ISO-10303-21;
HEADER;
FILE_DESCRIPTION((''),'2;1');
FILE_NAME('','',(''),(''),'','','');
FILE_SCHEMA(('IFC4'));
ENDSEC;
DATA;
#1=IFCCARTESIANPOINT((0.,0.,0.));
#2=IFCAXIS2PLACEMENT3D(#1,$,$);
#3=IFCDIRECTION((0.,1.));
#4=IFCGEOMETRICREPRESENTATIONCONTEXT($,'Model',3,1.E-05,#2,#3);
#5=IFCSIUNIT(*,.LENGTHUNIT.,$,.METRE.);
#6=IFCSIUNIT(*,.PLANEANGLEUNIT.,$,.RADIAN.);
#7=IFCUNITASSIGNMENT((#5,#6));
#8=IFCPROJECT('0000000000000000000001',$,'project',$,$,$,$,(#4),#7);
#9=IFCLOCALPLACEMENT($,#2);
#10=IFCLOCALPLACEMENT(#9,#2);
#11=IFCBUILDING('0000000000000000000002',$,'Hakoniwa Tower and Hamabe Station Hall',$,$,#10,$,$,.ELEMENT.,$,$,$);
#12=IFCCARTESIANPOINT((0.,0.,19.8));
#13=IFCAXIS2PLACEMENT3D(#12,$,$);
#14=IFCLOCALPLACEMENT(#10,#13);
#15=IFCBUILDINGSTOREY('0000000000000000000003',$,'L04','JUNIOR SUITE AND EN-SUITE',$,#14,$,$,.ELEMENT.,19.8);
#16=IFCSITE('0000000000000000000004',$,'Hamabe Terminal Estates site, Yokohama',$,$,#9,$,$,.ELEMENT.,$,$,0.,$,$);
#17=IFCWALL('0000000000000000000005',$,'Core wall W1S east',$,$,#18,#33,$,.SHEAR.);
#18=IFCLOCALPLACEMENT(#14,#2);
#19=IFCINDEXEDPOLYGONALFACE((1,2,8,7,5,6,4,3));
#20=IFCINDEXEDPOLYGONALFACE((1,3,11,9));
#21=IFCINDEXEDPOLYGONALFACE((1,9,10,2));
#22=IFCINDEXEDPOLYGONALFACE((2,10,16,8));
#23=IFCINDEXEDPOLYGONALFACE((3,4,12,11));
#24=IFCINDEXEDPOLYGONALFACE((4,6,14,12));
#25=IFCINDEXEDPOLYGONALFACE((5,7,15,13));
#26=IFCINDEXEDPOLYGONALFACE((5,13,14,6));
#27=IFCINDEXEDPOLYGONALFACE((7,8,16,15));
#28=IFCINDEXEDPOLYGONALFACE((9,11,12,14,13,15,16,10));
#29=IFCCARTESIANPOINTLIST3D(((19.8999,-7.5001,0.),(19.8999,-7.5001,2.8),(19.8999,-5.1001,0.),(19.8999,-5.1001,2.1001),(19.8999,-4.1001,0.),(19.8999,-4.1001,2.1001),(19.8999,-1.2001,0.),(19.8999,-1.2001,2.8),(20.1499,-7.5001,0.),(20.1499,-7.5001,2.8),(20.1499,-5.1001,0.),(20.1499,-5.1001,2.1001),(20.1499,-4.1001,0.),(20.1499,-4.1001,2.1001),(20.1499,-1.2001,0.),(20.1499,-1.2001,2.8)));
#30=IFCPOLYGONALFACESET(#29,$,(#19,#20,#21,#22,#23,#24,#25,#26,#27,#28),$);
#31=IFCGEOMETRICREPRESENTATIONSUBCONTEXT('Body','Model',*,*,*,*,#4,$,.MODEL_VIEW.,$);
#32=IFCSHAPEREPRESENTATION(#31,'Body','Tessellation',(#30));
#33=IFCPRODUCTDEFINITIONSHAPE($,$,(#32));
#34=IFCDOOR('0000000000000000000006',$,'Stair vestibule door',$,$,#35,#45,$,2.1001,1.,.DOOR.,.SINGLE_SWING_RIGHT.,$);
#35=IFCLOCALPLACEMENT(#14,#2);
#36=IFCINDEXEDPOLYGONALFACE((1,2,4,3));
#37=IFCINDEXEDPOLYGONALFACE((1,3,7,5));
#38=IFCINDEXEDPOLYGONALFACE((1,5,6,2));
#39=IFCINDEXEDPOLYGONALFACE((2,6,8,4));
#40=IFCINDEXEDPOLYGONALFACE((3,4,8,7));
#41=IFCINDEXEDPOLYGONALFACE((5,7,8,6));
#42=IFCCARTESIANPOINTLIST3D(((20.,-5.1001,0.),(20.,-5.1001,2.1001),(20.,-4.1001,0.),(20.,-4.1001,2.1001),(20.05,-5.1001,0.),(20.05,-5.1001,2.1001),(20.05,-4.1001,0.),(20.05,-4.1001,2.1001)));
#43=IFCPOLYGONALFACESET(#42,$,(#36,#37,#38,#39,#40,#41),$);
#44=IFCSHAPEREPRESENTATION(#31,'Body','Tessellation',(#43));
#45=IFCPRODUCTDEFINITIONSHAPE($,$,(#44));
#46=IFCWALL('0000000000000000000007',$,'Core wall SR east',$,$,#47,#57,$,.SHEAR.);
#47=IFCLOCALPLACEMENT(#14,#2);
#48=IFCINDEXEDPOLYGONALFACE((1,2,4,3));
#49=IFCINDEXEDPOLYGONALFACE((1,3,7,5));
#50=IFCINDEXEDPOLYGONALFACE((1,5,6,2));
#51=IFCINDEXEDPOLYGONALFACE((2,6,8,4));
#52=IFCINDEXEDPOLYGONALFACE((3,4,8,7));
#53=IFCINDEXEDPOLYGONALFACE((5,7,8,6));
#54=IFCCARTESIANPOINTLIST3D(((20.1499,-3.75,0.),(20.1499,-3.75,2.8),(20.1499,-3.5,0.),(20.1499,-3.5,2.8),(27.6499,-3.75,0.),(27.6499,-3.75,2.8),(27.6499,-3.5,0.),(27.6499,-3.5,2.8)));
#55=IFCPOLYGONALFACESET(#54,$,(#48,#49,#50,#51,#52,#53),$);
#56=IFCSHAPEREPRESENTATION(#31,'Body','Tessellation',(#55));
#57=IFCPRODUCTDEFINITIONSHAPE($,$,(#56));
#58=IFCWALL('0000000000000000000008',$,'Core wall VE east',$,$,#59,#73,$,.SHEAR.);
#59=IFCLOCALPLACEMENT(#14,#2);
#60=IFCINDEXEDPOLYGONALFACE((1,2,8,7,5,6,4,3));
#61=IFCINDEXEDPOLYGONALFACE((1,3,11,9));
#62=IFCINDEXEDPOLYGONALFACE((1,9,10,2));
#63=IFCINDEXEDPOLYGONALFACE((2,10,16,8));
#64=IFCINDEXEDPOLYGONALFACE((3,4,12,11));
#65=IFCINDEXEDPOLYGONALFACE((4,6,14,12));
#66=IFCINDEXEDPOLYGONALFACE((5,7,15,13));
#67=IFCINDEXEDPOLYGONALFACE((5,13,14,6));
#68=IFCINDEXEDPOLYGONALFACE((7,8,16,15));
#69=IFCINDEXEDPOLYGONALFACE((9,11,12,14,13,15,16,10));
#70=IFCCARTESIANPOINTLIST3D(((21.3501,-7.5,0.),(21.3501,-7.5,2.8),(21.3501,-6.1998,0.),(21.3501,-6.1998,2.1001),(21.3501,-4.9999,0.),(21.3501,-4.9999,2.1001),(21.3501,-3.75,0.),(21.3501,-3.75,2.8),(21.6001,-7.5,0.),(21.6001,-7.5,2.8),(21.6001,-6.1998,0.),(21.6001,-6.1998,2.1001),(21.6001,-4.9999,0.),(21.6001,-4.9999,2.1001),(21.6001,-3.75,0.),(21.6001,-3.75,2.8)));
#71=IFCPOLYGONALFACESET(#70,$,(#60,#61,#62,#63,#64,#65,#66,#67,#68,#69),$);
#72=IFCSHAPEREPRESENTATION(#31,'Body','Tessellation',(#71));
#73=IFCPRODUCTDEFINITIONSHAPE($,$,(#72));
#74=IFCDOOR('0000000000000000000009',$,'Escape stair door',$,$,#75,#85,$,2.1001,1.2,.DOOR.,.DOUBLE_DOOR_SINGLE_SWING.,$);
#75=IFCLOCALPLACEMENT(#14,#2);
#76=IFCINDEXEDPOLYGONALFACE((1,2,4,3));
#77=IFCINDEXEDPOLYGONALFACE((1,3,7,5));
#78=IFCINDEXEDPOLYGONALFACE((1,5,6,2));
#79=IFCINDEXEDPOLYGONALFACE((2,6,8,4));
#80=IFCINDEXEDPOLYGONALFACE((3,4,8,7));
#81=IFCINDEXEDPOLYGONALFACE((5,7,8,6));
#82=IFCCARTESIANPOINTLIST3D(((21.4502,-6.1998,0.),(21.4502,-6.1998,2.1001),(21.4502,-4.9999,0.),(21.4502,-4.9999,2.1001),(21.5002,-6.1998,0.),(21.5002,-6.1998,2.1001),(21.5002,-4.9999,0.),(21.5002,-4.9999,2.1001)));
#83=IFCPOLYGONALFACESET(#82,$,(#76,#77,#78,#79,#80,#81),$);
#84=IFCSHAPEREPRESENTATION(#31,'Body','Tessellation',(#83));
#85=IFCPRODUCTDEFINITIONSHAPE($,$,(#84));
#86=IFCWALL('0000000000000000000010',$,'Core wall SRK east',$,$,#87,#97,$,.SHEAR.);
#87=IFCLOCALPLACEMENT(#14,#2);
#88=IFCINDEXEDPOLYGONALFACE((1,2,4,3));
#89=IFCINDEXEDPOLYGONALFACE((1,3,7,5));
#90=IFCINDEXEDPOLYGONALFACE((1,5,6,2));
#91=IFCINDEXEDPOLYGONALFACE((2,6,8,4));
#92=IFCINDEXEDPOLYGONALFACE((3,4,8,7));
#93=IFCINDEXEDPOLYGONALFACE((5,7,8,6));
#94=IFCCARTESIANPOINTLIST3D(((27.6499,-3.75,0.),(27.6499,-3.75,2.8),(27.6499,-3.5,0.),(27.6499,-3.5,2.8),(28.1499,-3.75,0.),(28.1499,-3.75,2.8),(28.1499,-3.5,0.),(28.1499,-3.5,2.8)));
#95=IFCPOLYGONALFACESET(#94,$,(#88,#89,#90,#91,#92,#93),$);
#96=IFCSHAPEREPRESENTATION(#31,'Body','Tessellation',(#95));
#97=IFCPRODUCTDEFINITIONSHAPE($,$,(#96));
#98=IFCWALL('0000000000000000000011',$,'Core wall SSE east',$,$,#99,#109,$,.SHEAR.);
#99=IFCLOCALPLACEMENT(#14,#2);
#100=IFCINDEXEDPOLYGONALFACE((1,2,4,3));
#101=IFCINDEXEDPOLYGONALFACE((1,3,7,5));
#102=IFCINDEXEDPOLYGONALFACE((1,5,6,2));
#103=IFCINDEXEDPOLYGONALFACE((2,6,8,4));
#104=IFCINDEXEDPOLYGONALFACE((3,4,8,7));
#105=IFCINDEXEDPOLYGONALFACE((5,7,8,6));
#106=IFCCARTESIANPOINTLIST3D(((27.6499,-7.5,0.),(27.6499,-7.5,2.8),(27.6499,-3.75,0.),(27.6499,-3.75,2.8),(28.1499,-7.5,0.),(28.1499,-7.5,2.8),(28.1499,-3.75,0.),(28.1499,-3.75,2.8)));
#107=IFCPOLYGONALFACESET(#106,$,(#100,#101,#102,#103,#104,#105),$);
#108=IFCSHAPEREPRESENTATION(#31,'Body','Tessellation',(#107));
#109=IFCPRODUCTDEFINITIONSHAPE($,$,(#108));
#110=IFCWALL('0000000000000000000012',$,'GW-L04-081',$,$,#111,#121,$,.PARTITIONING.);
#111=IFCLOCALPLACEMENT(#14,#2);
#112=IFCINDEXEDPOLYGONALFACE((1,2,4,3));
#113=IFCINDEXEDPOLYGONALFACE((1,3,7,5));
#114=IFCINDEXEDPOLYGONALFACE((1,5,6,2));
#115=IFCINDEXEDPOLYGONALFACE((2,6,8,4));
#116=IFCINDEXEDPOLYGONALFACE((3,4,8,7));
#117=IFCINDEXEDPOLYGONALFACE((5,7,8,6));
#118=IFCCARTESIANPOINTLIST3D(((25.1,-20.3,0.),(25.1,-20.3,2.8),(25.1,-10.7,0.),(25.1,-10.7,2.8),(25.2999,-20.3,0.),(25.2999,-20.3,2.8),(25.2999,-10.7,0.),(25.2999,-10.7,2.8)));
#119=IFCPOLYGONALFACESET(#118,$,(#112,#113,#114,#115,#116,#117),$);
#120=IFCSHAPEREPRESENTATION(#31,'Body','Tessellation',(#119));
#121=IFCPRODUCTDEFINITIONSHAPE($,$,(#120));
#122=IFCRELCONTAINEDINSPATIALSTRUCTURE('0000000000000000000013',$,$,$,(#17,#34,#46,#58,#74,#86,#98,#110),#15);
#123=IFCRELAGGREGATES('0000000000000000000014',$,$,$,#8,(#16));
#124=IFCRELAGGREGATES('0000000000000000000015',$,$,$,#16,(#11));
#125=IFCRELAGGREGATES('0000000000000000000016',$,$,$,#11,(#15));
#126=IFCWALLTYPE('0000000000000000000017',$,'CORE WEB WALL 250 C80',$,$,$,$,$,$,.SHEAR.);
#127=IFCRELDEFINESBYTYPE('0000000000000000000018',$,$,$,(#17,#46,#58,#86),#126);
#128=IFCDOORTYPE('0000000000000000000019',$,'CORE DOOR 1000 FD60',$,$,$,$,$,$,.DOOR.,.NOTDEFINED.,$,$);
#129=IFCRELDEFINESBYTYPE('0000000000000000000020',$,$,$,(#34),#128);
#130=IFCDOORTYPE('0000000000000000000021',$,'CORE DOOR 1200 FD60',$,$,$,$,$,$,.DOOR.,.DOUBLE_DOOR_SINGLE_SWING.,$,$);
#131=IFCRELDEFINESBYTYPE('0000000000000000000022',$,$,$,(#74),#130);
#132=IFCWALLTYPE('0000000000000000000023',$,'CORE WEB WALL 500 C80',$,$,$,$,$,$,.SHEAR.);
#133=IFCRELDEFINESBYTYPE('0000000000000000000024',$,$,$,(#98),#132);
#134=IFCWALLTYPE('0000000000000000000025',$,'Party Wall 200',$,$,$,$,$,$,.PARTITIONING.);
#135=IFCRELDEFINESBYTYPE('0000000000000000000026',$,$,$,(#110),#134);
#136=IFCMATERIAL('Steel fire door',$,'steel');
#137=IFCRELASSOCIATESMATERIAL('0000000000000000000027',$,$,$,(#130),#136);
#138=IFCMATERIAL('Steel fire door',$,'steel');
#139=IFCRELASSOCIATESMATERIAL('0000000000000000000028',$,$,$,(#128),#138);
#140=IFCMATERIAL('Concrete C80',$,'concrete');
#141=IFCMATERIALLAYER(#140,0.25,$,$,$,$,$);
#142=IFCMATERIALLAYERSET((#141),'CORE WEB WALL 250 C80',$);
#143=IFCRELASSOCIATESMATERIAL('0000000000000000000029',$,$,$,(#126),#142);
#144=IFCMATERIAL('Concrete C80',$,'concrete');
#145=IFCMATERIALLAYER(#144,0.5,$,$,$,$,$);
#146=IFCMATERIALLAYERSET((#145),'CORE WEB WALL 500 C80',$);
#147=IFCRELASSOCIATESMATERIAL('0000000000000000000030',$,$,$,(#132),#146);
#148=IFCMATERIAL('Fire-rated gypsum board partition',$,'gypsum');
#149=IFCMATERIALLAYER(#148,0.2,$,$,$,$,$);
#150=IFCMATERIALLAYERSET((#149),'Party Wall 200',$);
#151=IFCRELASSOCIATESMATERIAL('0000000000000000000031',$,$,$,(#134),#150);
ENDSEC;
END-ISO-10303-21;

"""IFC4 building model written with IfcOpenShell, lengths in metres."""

from ifc_helpers import new_model, si_unit, direction, frame, frame_2d, origin, place, context, subcontext, project, spatial, rectangle, extrude, material, layer, layer_set, type_object, element, fill, save


model = new_model("IFC4")

# Units and contexts
model_context = context("Model", 3, precision=1e-05, world=origin(), true_north=direction((0.0, 1.0)))
body_context = subcontext(model_context, "Body", "Model", "MODEL_VIEW")
ifc_project = project(units=[si_unit("LENGTHUNIT", "METRE"), si_unit("PLANEANGLEUNIT", "RADIAN")], contexts=[model_context])

# Site, building, storey
site_placement = place(None, origin())
site = spatial("IfcSite", under=ifc_project, at=site_placement, Name="Hamabe Terminal Estates site, Yokohama", CompositionType="ELEMENT", RefElevation=0.0)
building_placement = place(site_placement, origin())
building = spatial("IfcBuilding", under=site, at=building_placement, Name="Hakoniwa Tower and Hamabe Station Hall", CompositionType="ELEMENT")
storey_placement = place(building_placement, frame((0.0, 0.0, 19.8)))
storey = spatial("IfcBuildingStorey", under=building, at=storey_placement, Name="L04", Description="JUNIOR SUITE AND EN-SUITE", CompositionType="ELEMENT", Elevation=19.8)

# Shared definitions
ifc_material_1 = material(Name="Steel fire door", Category="steel")
door_type_1 = type_object("IfcDoorType", Name="CORE DOOR 1200 FD60", OperationType="DOUBLE_DOOR_SINGLE_SWING", PredefinedType="DOOR", material=ifc_material_1)

# Wall, opening, door
ifc_material_2 = material(Name="Steel fire door", Category="steel")
door_type_2 = type_object("IfcDoorType", Name="CORE DOOR 1000 FD60", OperationType="NOTDEFINED", PredefinedType="DOOR", material=ifc_material_2)
ifc_material_3 = material(Name="Concrete C80", Category="concrete")
ifc_layer_1 = layer(ifc_material_3, 0.25)
ifc_layer_set_1 = layer_set([ifc_layer_1], Name="CORE WEB WALL 250 C80")
wall_type_1 = type_object("IfcWallType", Name="CORE WEB WALL 250 C80", PredefinedType="SHEAR", material=ifc_layer_set_1)
wall_1_placement = place(storey_placement, frame((20.0249, -7.5, 0.0), z_axis=(0.0, 0.0, 1.0), x_axis=(0.0, 1.0, 0.0)))
wall_1 = element("IfcWall", 1, at=wall_1_placement, inside=storey, type_object=wall_type_1, Name="Core wall W1S east", PredefinedType="SHEAR", context=body_context, shape_type="SweptSolid", body=[
    extrude(rectangle(XDim=6.3, YDim=0.25, at=frame_2d((3.1499, 0.0))), origin(), (0.0, 0.0, 1.0), 2.8),
])
opening_1_placement = place(wall_1_placement, frame((2.3999, 0.0, 0.0)))
opening_1 = element("IfcOpeningElement", 2, at=opening_1_placement, cuts=wall_1, PredefinedType="OPENING", context=body_context, shape_type="SweptSolid", body=[
    extrude(rectangle(XDim=1.0, YDim=2.1001, at=frame_2d((0.5, 1.05))), frame((0.0, 0.135, 0.0), z_axis=(0.0, -1.0, 0.0), x_axis=(1.0, 0.0, 0.0)), (0.0, 0.0, 1.0), 0.27),
])
door_1_placement = place(opening_1_placement, origin())
door_1 = element("IfcDoor", 3, at=door_1_placement, inside=storey, type_object=door_type_2, Name="Stair vestibule door", OperationType="SINGLE_SWING_RIGHT", OverallHeight=2.1001, OverallWidth=1.0, PredefinedType="DOOR", context=body_context, shape_type="SweptSolid", body=[
    extrude(rectangle(XDim=1.0, YDim=2.1001, at=frame_2d((0.5, 1.05))), frame((0.0, 0.0249, 0.0), z_axis=(0.0, -1.0, 0.0), x_axis=(1.0, 0.0, 0.0)), (0.0, 0.0, 1.0), 0.05),
])
fill(opening_1, door_1)

# Wall
wall_2_placement = place(storey_placement, frame((20.1499, -3.625, 0.0), z_axis=(0.0, 0.0, 1.0), x_axis=(1.0, 0.0, 0.0)))
element("IfcWall", 4, at=wall_2_placement, inside=storey, type_object=wall_type_1, Name="Core wall SR east", PredefinedType="SHEAR", context=body_context, shape_type="SweptSolid", body=[
    extrude(rectangle(XDim=7.5, YDim=0.25, at=frame_2d((3.75, 0.0))), origin(), (0.0, 0.0, 1.0), 2.8),
])

# Wall, opening, door
wall_3_placement = place(storey_placement, frame((21.4751, -7.5, 0.0), z_axis=(0.0, 0.0, 1.0), x_axis=(0.0, 1.0, 0.0)))
wall_3 = element("IfcWall", 5, at=wall_3_placement, inside=storey, type_object=wall_type_1, Name="Core wall VE east", PredefinedType="SHEAR", context=body_context, shape_type="SweptSolid", body=[
    extrude(rectangle(XDim=3.75, YDim=0.25, at=frame_2d((1.875, 0.0))), origin(), (0.0, 0.0, 1.0), 2.8),
])
opening_2_placement = place(wall_3_placement, frame((1.3, 0.0, 0.0)))
opening_2 = element("IfcOpeningElement", 6, at=opening_2_placement, cuts=wall_3, PredefinedType="OPENING", context=body_context, shape_type="SweptSolid", body=[
    extrude(rectangle(XDim=1.2, YDim=2.1001, at=frame_2d((0.6001, 1.05))), frame((0.0, 0.135, 0.0), z_axis=(0.0, -1.0, 0.0), x_axis=(1.0, 0.0, 0.0)), (0.0, 0.0, 1.0), 0.27),
])
door_2_placement = place(opening_2_placement, origin())
door_2 = element("IfcDoor", 7, at=door_2_placement, inside=storey, type_object=door_type_1, Name="Escape stair door", OperationType="DOUBLE_DOOR_SINGLE_SWING", OverallHeight=2.1001, OverallWidth=1.2, PredefinedType="DOOR", context=body_context, shape_type="SweptSolid", body=[
    extrude(rectangle(XDim=1.2, YDim=2.1001, at=frame_2d((0.6001, 1.05))), frame((0.0, 0.0249, 0.0), z_axis=(0.0, -1.0, 0.0), x_axis=(1.0, 0.0, 0.0)), (0.0, 0.0, 1.0), 0.05),
])
fill(opening_2, door_2)

# Walls
wall_4_placement = place(storey_placement, frame((27.6499, -3.625, 0.0), z_axis=(0.0, 0.0, 1.0), x_axis=(1.0, 0.0, 0.0)))
element("IfcWall", 8, at=wall_4_placement, inside=storey, type_object=wall_type_1, Name="Core wall SRK east", PredefinedType="SHEAR", context=body_context, shape_type="SweptSolid", body=[
    extrude(rectangle(XDim=0.5, YDim=0.25, at=frame_2d((0.25, 0.0))), origin(), (0.0, 0.0, 1.0), 2.8),
])
ifc_material_4 = material(Name="Concrete C80", Category="concrete")
ifc_layer_2 = layer(ifc_material_4, 0.5)
ifc_layer_set_2 = layer_set([ifc_layer_2], Name="CORE WEB WALL 500 C80")
wall_type_2 = type_object("IfcWallType", Name="CORE WEB WALL 500 C80", PredefinedType="SHEAR", material=ifc_layer_set_2)
wall_5_placement = place(storey_placement, frame((27.8999, -7.5, 0.0), z_axis=(0.0, 0.0, 1.0), x_axis=(0.0, 1.0, 0.0)))
element("IfcWall", 9, at=wall_5_placement, inside=storey, type_object=wall_type_2, Name="Core wall SSE east", PredefinedType="SHEAR", context=body_context, shape_type="SweptSolid", body=[
    extrude(rectangle(XDim=3.75, YDim=0.5, at=frame_2d((1.875, 0.0))), origin(), (0.0, 0.0, 1.0), 2.8),
])
ifc_material_5 = material(Name="Fire-rated gypsum board partition", Category="gypsum")
ifc_layer_3 = layer(ifc_material_5, 0.2)
ifc_layer_set_3 = layer_set([ifc_layer_3], Name="Party Wall 200")
wall_type_3 = type_object("IfcWallType", Name="Party Wall 200", PredefinedType="PARTITIONING", material=ifc_layer_set_3)
wall_6_placement = place(storey_placement, frame((25.2, -20.3, 0.0), z_axis=(0.0, 0.0, 1.0), x_axis=(0.0, 1.0, 0.0)))
element("IfcWall", 10, at=wall_6_placement, inside=storey, type_object=wall_type_3, Name="GW-L04-081", PredefinedType="PARTITIONING", context=body_context, shape_type="SweptSolid", body=[
    extrude(rectangle(XDim=9.6001, YDim=0.2, at=frame_2d((4.8, 0.0))), origin(), (0.0, 0.0, 1.0), 2.8),
])

save(model, "model.ifc")
